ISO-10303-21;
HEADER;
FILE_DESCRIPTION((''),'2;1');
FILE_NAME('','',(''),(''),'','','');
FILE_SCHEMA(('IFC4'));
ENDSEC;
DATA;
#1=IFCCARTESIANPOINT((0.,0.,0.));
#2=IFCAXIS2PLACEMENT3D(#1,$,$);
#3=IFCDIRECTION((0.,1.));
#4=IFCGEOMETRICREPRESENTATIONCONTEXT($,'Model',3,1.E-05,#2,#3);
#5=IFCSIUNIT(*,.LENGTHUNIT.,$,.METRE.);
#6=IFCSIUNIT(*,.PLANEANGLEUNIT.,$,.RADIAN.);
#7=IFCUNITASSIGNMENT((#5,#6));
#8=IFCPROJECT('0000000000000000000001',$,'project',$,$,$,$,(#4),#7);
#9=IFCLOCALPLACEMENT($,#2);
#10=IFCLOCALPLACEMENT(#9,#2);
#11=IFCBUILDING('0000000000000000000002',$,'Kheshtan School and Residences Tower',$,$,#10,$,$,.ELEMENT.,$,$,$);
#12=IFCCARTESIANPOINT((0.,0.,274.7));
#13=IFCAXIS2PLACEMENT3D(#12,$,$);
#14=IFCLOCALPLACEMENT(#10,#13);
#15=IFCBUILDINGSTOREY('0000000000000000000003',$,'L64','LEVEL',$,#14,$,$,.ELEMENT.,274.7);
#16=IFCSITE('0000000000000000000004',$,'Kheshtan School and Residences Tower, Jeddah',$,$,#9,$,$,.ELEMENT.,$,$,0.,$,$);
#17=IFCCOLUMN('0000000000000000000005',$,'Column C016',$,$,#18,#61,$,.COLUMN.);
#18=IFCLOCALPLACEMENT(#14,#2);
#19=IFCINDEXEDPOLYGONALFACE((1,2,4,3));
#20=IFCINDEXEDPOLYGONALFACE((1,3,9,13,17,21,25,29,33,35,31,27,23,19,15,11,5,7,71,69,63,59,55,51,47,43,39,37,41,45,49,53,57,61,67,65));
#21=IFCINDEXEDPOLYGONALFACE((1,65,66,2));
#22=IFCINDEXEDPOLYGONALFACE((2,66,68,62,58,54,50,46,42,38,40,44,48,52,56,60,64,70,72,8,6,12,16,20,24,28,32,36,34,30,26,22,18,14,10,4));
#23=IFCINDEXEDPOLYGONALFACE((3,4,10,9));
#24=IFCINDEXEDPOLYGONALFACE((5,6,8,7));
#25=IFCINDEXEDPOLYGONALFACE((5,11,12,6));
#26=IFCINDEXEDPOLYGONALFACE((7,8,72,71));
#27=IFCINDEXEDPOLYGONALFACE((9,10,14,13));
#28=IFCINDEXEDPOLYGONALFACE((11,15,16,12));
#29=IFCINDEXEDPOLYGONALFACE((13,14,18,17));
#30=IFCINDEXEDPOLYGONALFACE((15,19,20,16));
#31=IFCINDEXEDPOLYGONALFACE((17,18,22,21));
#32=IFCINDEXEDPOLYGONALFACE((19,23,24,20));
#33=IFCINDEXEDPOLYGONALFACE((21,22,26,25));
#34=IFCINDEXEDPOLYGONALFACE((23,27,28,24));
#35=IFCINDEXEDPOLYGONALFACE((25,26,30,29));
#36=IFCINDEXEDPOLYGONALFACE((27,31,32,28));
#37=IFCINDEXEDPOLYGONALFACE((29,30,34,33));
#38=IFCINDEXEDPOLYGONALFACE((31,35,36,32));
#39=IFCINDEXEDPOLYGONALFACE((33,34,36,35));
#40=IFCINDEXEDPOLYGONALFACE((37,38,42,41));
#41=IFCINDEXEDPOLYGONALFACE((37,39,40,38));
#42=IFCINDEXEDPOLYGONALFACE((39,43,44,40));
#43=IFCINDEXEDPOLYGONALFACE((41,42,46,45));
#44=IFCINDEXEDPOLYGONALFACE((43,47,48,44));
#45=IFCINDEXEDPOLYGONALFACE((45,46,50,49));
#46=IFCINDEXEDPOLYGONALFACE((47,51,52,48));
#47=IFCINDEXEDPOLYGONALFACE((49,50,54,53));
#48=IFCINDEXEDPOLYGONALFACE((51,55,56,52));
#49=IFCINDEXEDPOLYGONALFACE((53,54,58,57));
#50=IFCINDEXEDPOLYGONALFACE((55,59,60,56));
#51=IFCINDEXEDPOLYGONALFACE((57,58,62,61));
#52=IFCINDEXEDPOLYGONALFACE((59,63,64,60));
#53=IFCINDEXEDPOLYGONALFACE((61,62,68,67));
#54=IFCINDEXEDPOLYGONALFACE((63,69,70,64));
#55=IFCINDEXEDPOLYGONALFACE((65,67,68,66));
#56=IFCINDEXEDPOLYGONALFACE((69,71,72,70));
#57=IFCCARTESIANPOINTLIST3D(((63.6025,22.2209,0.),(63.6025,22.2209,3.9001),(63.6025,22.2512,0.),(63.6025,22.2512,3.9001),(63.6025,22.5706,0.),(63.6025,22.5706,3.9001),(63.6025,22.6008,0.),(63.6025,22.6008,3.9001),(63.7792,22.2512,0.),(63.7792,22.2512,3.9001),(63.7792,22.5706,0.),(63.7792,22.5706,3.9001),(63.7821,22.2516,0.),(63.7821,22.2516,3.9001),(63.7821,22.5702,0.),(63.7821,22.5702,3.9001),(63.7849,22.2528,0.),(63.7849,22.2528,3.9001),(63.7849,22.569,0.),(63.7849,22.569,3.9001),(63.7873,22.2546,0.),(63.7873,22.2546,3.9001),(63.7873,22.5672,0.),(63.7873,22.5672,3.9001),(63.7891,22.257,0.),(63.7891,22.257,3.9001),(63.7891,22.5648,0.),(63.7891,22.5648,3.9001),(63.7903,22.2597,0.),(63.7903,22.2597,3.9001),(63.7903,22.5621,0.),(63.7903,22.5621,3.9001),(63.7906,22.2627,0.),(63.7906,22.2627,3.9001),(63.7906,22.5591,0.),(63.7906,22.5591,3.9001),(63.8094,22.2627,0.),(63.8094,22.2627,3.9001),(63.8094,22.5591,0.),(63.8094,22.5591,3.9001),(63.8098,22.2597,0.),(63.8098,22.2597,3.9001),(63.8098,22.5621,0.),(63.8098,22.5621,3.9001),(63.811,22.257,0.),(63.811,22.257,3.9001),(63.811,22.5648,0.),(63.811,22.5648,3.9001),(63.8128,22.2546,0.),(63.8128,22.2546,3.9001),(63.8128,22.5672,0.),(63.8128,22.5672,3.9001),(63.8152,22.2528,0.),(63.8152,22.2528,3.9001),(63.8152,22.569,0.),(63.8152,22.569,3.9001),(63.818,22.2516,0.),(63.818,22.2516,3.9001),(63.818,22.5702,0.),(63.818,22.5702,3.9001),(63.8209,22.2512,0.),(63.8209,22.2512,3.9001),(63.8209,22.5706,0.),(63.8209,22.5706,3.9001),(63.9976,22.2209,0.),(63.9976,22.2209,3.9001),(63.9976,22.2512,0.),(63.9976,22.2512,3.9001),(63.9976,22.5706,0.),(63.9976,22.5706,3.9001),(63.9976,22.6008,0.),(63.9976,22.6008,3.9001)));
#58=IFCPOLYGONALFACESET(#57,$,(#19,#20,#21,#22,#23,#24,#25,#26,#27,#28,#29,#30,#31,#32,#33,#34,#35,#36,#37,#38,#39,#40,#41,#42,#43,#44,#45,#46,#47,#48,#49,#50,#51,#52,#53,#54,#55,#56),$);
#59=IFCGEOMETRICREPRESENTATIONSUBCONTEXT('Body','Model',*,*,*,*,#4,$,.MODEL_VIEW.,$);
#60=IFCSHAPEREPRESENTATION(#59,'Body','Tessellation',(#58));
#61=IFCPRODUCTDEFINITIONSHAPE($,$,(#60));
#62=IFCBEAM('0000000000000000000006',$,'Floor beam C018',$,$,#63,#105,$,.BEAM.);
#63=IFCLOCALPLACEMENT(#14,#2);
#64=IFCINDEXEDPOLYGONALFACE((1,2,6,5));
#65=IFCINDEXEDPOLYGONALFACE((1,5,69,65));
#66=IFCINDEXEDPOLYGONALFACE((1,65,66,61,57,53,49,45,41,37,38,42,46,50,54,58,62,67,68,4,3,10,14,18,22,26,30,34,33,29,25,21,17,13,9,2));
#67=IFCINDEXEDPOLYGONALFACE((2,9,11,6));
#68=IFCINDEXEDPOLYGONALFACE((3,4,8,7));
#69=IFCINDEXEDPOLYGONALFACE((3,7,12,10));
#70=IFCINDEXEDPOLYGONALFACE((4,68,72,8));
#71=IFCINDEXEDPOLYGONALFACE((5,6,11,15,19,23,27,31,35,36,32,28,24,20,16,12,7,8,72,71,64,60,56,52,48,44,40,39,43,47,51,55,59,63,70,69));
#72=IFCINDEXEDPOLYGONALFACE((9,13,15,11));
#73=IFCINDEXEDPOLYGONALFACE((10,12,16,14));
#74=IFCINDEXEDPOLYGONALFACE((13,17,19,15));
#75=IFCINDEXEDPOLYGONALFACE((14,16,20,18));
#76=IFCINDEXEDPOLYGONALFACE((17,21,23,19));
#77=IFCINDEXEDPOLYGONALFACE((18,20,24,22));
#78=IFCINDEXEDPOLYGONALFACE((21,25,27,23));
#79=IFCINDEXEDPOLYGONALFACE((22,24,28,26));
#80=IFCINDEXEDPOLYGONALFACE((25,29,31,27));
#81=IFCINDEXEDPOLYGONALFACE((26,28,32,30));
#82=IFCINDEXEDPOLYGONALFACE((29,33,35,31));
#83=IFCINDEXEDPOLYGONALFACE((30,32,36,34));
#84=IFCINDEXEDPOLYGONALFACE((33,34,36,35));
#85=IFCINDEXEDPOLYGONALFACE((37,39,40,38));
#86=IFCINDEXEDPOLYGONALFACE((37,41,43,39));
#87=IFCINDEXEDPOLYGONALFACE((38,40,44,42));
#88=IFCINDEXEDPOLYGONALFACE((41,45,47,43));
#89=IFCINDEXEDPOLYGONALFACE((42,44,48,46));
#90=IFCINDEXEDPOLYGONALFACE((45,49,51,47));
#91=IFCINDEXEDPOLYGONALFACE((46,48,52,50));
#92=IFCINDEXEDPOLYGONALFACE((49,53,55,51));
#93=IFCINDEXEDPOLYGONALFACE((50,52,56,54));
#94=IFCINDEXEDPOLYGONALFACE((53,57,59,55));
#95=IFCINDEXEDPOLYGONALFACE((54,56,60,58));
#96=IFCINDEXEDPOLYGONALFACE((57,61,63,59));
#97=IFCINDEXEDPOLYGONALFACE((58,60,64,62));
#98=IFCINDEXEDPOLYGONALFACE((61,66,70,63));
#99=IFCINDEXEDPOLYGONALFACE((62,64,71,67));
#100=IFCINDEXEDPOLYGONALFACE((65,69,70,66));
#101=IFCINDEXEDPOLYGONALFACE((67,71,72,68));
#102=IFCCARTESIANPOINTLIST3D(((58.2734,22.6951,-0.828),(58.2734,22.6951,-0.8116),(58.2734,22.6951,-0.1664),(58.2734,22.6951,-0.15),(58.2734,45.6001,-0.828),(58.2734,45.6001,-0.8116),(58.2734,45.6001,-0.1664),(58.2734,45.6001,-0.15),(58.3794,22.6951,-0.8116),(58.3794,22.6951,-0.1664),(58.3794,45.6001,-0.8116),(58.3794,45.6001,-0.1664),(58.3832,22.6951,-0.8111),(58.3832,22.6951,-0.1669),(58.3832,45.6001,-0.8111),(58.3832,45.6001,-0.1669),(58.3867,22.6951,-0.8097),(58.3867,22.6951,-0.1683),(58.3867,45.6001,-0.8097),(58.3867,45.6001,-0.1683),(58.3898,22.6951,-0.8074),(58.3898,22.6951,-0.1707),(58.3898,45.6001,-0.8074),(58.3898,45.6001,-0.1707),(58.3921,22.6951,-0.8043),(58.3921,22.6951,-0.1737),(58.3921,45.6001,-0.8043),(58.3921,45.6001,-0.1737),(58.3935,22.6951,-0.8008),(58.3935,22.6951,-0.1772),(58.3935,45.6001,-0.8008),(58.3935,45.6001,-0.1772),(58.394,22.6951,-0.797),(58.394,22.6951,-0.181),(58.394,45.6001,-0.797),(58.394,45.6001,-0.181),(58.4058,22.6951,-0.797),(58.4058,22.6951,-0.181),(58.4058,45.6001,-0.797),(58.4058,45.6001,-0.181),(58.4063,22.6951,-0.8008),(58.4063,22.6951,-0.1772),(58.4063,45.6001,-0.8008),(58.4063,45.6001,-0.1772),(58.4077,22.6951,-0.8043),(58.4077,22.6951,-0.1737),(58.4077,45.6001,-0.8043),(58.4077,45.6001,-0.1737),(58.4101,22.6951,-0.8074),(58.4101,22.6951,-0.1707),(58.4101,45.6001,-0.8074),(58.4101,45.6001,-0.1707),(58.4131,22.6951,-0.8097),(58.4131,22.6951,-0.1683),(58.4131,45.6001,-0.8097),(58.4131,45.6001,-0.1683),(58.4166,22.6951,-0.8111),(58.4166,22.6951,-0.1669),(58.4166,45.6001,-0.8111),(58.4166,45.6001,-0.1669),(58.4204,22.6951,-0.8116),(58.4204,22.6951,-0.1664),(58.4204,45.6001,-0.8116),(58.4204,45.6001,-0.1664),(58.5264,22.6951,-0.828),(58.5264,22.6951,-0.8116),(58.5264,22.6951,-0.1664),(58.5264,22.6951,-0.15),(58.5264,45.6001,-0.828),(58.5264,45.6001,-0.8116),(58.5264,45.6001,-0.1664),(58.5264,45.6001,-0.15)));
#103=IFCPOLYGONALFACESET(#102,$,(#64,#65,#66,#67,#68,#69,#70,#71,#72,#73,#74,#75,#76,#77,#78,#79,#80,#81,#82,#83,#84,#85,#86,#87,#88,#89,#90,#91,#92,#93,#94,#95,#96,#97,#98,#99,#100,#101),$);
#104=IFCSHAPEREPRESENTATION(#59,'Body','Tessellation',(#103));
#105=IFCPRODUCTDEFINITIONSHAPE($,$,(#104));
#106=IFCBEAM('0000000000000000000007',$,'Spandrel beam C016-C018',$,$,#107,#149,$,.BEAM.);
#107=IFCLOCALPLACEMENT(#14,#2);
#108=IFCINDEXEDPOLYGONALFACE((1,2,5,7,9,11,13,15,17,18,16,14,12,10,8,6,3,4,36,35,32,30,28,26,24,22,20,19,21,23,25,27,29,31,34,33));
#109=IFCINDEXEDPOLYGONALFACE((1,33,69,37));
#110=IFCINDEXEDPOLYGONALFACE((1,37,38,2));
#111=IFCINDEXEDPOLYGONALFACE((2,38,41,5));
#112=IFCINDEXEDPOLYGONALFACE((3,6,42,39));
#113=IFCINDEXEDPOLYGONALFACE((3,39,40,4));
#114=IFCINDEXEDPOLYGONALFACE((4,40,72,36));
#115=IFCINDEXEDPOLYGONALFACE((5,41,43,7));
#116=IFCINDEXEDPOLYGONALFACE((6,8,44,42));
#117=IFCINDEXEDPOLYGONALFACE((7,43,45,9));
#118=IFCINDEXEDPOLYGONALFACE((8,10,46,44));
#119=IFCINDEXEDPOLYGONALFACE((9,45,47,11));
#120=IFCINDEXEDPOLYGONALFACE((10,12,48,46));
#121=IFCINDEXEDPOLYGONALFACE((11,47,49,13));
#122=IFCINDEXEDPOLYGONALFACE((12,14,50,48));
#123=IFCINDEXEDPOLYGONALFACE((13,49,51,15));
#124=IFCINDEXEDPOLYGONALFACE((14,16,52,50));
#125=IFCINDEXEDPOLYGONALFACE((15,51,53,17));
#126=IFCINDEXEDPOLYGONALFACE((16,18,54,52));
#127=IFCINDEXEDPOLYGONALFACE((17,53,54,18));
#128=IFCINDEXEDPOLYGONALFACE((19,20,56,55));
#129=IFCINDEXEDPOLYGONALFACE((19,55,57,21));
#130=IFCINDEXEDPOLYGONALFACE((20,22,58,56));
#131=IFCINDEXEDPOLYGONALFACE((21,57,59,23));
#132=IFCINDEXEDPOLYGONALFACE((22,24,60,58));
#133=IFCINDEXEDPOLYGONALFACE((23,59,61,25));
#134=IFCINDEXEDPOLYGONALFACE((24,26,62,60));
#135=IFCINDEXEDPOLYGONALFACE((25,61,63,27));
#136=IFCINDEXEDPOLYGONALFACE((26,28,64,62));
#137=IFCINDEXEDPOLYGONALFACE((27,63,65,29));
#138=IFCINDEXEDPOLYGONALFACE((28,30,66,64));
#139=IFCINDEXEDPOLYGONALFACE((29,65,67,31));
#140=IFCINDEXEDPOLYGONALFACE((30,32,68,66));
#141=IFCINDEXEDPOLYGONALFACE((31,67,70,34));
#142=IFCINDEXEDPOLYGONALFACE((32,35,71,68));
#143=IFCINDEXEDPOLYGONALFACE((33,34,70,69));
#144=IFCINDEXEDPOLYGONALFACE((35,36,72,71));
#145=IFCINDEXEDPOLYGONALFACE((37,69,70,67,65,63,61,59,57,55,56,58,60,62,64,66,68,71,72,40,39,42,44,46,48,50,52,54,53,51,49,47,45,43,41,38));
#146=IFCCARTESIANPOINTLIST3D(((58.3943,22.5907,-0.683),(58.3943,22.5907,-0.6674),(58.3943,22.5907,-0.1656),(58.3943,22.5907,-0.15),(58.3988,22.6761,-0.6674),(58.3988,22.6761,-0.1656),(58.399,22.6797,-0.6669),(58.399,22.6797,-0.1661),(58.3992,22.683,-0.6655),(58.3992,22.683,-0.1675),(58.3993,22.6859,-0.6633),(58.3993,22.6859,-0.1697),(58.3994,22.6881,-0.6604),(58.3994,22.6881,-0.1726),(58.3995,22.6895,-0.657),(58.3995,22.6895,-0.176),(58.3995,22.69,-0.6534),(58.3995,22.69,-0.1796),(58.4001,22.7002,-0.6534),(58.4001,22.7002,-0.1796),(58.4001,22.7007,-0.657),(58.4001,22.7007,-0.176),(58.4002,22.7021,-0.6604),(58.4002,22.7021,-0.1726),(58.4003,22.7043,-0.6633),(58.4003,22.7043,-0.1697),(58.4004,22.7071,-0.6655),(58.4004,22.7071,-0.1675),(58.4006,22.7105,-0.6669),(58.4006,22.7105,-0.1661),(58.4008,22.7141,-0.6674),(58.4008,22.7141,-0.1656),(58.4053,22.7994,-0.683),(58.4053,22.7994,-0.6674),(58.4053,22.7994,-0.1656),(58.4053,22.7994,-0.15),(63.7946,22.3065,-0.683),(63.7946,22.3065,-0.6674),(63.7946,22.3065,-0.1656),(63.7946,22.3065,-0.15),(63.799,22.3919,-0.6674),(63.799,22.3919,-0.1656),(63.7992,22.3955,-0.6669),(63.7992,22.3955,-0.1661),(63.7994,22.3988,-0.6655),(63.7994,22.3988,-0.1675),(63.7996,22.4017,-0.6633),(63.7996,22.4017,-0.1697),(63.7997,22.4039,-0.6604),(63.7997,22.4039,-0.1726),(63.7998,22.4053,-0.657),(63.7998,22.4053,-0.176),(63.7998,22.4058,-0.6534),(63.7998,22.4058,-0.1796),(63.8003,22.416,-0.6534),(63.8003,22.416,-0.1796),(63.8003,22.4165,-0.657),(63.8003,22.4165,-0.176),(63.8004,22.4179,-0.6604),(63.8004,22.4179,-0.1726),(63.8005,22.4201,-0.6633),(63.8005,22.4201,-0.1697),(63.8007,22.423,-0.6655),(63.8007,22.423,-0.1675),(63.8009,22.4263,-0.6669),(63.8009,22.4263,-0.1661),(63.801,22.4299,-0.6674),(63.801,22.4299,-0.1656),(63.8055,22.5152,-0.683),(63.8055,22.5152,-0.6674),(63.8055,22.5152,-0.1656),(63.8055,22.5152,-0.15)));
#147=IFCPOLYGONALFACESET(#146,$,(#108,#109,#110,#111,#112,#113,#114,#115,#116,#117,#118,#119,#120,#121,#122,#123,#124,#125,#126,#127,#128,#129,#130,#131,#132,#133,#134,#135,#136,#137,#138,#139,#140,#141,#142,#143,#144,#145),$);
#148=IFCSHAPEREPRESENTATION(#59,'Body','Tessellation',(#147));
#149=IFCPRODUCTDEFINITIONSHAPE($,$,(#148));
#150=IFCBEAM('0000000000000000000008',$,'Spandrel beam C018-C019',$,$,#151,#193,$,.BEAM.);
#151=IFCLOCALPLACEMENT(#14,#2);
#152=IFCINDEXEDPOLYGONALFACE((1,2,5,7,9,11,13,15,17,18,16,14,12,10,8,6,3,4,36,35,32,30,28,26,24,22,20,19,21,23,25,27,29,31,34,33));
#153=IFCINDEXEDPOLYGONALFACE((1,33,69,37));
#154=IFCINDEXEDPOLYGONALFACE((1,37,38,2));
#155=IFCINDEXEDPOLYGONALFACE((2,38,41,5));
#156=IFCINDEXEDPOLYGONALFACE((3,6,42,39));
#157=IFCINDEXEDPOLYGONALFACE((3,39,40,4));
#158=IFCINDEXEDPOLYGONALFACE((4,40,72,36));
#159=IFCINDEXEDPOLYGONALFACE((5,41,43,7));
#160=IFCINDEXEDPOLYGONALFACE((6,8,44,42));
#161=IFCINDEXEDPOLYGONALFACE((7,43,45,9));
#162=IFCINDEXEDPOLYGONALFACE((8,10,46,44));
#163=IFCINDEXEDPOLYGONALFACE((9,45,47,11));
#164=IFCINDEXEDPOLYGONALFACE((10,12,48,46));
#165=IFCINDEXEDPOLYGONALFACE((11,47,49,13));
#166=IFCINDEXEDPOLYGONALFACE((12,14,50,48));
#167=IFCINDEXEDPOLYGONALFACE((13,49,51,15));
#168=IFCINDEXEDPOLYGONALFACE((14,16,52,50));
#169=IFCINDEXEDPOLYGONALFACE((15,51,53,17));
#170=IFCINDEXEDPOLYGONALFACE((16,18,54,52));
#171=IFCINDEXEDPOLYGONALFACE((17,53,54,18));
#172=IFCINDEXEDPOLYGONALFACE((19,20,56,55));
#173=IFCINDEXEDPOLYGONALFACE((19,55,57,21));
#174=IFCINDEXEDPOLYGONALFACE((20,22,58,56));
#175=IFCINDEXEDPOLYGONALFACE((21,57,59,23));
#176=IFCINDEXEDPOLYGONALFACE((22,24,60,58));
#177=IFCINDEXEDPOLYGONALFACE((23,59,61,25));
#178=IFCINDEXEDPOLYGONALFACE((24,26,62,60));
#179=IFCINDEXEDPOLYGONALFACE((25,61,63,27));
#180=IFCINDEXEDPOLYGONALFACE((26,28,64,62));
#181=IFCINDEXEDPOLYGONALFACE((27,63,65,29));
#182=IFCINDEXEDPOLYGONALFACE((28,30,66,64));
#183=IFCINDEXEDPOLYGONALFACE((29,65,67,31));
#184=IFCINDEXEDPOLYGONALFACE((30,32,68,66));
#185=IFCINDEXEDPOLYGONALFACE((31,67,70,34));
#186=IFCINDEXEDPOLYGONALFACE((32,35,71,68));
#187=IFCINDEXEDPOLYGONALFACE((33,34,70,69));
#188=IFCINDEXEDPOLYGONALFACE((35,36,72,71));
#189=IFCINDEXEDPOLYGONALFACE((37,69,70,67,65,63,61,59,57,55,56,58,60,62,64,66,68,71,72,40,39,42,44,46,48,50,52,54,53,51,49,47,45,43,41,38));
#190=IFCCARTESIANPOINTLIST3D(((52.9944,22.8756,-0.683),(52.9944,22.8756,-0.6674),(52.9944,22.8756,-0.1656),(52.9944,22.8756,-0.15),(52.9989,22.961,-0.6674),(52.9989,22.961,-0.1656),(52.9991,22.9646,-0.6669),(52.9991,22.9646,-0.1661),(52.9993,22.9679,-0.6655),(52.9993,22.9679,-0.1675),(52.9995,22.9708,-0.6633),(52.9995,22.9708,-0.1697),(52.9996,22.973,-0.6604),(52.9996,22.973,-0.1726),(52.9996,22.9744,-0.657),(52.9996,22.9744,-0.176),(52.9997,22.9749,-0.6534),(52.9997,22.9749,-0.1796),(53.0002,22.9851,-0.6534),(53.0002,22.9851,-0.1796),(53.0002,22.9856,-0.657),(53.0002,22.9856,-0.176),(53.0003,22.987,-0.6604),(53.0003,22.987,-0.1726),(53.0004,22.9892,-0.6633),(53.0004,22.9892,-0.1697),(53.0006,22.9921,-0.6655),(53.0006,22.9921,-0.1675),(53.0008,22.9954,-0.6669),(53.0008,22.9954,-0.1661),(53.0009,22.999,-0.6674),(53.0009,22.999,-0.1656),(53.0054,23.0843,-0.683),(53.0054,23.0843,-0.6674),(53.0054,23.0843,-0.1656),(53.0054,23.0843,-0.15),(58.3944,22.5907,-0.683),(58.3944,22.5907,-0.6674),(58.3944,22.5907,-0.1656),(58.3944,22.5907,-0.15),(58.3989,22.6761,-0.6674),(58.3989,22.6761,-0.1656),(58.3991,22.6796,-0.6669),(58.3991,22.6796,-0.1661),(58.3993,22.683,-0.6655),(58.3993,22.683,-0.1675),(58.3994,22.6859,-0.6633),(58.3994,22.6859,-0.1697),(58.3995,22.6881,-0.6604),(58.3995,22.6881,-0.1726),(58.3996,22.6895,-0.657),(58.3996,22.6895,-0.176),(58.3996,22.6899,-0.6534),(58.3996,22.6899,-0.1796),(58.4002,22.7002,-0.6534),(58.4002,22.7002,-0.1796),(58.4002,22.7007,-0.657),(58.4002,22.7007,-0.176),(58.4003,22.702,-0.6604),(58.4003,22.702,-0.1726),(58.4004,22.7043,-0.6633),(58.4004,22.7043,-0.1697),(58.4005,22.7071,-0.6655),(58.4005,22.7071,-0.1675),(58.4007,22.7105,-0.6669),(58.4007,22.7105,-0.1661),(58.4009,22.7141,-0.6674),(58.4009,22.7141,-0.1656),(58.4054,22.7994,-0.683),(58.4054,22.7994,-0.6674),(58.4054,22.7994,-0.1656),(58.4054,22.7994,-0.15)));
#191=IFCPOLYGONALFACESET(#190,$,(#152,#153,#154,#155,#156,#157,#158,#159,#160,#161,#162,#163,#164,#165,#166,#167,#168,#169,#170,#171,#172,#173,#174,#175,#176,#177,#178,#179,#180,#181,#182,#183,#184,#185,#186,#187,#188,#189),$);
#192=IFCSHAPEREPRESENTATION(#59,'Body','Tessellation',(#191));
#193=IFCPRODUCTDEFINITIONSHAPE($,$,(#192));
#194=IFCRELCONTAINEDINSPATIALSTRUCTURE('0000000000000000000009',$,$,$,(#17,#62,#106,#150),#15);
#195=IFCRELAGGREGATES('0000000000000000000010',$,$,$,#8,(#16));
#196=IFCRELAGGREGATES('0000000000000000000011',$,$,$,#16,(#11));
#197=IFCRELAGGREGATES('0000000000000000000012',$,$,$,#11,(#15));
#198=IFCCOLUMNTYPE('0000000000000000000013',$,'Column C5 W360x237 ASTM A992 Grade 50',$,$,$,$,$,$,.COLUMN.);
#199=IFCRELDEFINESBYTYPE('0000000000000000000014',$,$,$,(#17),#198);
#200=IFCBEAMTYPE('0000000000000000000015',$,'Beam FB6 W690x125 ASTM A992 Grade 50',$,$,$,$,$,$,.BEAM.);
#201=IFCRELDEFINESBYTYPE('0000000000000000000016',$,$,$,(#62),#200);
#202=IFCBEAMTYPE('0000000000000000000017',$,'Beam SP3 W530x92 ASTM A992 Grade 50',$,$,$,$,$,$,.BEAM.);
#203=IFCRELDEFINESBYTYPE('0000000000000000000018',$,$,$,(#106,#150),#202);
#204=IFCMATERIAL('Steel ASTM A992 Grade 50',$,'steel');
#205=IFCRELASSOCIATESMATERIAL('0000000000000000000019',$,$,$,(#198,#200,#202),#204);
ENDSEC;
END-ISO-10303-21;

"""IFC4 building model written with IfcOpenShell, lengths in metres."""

from ifc_helpers import new_model, si_unit, direction, frame, origin, origin_2d, place, context, subcontext, project, spatial, i_section, extrude, material, material_profile, profile_set, type_object, element, save


model = new_model("IFC4")

# Units and contexts
model_context = context("Model", 3, precision=1e-05, world=origin(), true_north=direction((0.0, 1.0)))
body_context = subcontext(model_context, "Body", "Model", "MODEL_VIEW")
ifc_project = project(units=[si_unit("LENGTHUNIT", "METRE"), si_unit("PLANEANGLEUNIT", "RADIAN")], contexts=[model_context])

# Site, building, storey
site_placement = place(None, origin())
site = spatial("IfcSite", under=ifc_project, at=site_placement, Name="Kheshtan School and Residences Tower, Jeddah", CompositionType="ELEMENT", RefElevation=0.0)
building_placement = place(site_placement, origin())
building = spatial("IfcBuilding", under=site, at=building_placement, Name="Kheshtan School and Residences Tower", CompositionType="ELEMENT")
storey_placement = place(building_placement, frame((0.0, 0.0, 274.7)))
storey = spatial("IfcBuildingStorey", under=building, at=storey_placement, Name="L64", Description="LEVEL", CompositionType="ELEMENT", Elevation=274.7)

# Column
ifc_material_1 = material(Name="Steel ASTM A992 Grade 50", Category="steel")
ifc_material_profile_1 = material_profile(ifc_material_1, i_section(OverallWidth=0.395, OverallDepth=0.3799, WebThickness=0.0188, FlangeThickness=0.0303, FilletRadius=0.0115, at=origin_2d()), Name="W360x237")
ifc_profile_set_1 = profile_set([ifc_material_profile_1], Name="Steel ASTM A992 Grade 50")
column_type = type_object("IfcColumnType", Name="Column C5 W360x237 ASTM A992 Grade 50", PredefinedType="COLUMN", material=ifc_profile_set_1)
column_placement = place(storey_placement, frame((63.8, 22.4109, 0.0), z_axis=(0.0, 0.0, 1.0), x_axis=(1.0, 0.0, 0.0)))
element("IfcColumn", 1, at=column_placement, inside=storey, type_object=column_type, Name="Column C016", PredefinedType="COLUMN", context=body_context, shape_type="SweptSolid", body=[
    extrude(i_section(OverallWidth=0.395, OverallDepth=0.3799, WebThickness=0.0188, FlangeThickness=0.0303, FilletRadius=0.0115, at=origin_2d()), origin(), (0.0, 0.0, 1.0), 3.9001),
])

# Beams
ifc_material_profile_2 = material_profile(ifc_material_1, i_section(OverallWidth=0.2529, OverallDepth=0.678, WebThickness=0.0117, FlangeThickness=0.0164, FilletRadius=0.0146, at=origin_2d()), Name="W690x125")
ifc_profile_set_2 = profile_set([ifc_material_profile_2], Name="Steel ASTM A992 Grade 50")
beam_type_1 = type_object("IfcBeamType", Name="Beam FB6 W690x125 ASTM A992 Grade 50", PredefinedType="BEAM", material=ifc_profile_set_2)
beam_1_placement = place(storey_placement, frame((58.3999, 22.6951, -0.489), z_axis=(0.0, 1.0, 0.0), x_axis=(-1.0, 0.0, 0.0)))
element("IfcBeam", 2, at=beam_1_placement, inside=storey, type_object=beam_type_1, Name="Floor beam C018", PredefinedType="BEAM", context=body_context, shape_type="SweptSolid", body=[
    extrude(i_section(OverallWidth=0.2529, OverallDepth=0.678, WebThickness=0.0117, FlangeThickness=0.0164, FilletRadius=0.0146, at=origin_2d()), origin(), (0.0, 0.0, 1.0), 22.905),
])
ifc_material_profile_3 = material_profile(ifc_material_1, i_section(OverallWidth=0.209, OverallDepth=0.533, WebThickness=0.0103, FlangeThickness=0.0156, FilletRadius=0.0139, at=origin_2d()), Name="W530x92")
ifc_profile_set_3 = profile_set([ifc_material_profile_3], Name="Steel ASTM A992 Grade 50")
beam_type_2 = type_object("IfcBeamType", Name="Beam SP3 W530x92 ASTM A992 Grade 50", PredefinedType="BEAM", material=ifc_profile_set_3)
beam_2_placement = place(storey_placement, frame((63.8, 22.4109, -0.4165), z_axis=(-0.998618, 0.052552, 0.0), x_axis=(-0.052552, -0.998618, 0.0)))
element("IfcBeam", 3, at=beam_2_placement, inside=storey, type_object=beam_type_2, Name="Spandrel beam C016-C018", PredefinedType="BEAM", context=body_context, shape_type="SweptSolid", body=[
    extrude(i_section(OverallWidth=0.209, OverallDepth=0.533, WebThickness=0.0103, FlangeThickness=0.0156, FilletRadius=0.0139, at=origin_2d()), origin(), (0.0, 0.0, 1.0), 5.4077),
])
beam_3_placement = place(storey_placement, frame((58.3999, 22.6951, -0.4165), z_axis=(-0.998611, 0.052689, 0.0), x_axis=(-0.052689, -0.998611, 0.0)))
element("IfcBeam", 4, at=beam_3_placement, inside=storey, type_object=beam_type_2, Name="Spandrel beam C018-C019", PredefinedType="BEAM", context=body_context, shape_type="SweptSolid", body=[
    extrude(i_section(OverallWidth=0.209, OverallDepth=0.533, WebThickness=0.0103, FlangeThickness=0.0156, FilletRadius=0.0139, at=origin_2d()), origin(), (0.0, 0.0, 1.0), 5.4075),
])

save(model, "model.ifc")
